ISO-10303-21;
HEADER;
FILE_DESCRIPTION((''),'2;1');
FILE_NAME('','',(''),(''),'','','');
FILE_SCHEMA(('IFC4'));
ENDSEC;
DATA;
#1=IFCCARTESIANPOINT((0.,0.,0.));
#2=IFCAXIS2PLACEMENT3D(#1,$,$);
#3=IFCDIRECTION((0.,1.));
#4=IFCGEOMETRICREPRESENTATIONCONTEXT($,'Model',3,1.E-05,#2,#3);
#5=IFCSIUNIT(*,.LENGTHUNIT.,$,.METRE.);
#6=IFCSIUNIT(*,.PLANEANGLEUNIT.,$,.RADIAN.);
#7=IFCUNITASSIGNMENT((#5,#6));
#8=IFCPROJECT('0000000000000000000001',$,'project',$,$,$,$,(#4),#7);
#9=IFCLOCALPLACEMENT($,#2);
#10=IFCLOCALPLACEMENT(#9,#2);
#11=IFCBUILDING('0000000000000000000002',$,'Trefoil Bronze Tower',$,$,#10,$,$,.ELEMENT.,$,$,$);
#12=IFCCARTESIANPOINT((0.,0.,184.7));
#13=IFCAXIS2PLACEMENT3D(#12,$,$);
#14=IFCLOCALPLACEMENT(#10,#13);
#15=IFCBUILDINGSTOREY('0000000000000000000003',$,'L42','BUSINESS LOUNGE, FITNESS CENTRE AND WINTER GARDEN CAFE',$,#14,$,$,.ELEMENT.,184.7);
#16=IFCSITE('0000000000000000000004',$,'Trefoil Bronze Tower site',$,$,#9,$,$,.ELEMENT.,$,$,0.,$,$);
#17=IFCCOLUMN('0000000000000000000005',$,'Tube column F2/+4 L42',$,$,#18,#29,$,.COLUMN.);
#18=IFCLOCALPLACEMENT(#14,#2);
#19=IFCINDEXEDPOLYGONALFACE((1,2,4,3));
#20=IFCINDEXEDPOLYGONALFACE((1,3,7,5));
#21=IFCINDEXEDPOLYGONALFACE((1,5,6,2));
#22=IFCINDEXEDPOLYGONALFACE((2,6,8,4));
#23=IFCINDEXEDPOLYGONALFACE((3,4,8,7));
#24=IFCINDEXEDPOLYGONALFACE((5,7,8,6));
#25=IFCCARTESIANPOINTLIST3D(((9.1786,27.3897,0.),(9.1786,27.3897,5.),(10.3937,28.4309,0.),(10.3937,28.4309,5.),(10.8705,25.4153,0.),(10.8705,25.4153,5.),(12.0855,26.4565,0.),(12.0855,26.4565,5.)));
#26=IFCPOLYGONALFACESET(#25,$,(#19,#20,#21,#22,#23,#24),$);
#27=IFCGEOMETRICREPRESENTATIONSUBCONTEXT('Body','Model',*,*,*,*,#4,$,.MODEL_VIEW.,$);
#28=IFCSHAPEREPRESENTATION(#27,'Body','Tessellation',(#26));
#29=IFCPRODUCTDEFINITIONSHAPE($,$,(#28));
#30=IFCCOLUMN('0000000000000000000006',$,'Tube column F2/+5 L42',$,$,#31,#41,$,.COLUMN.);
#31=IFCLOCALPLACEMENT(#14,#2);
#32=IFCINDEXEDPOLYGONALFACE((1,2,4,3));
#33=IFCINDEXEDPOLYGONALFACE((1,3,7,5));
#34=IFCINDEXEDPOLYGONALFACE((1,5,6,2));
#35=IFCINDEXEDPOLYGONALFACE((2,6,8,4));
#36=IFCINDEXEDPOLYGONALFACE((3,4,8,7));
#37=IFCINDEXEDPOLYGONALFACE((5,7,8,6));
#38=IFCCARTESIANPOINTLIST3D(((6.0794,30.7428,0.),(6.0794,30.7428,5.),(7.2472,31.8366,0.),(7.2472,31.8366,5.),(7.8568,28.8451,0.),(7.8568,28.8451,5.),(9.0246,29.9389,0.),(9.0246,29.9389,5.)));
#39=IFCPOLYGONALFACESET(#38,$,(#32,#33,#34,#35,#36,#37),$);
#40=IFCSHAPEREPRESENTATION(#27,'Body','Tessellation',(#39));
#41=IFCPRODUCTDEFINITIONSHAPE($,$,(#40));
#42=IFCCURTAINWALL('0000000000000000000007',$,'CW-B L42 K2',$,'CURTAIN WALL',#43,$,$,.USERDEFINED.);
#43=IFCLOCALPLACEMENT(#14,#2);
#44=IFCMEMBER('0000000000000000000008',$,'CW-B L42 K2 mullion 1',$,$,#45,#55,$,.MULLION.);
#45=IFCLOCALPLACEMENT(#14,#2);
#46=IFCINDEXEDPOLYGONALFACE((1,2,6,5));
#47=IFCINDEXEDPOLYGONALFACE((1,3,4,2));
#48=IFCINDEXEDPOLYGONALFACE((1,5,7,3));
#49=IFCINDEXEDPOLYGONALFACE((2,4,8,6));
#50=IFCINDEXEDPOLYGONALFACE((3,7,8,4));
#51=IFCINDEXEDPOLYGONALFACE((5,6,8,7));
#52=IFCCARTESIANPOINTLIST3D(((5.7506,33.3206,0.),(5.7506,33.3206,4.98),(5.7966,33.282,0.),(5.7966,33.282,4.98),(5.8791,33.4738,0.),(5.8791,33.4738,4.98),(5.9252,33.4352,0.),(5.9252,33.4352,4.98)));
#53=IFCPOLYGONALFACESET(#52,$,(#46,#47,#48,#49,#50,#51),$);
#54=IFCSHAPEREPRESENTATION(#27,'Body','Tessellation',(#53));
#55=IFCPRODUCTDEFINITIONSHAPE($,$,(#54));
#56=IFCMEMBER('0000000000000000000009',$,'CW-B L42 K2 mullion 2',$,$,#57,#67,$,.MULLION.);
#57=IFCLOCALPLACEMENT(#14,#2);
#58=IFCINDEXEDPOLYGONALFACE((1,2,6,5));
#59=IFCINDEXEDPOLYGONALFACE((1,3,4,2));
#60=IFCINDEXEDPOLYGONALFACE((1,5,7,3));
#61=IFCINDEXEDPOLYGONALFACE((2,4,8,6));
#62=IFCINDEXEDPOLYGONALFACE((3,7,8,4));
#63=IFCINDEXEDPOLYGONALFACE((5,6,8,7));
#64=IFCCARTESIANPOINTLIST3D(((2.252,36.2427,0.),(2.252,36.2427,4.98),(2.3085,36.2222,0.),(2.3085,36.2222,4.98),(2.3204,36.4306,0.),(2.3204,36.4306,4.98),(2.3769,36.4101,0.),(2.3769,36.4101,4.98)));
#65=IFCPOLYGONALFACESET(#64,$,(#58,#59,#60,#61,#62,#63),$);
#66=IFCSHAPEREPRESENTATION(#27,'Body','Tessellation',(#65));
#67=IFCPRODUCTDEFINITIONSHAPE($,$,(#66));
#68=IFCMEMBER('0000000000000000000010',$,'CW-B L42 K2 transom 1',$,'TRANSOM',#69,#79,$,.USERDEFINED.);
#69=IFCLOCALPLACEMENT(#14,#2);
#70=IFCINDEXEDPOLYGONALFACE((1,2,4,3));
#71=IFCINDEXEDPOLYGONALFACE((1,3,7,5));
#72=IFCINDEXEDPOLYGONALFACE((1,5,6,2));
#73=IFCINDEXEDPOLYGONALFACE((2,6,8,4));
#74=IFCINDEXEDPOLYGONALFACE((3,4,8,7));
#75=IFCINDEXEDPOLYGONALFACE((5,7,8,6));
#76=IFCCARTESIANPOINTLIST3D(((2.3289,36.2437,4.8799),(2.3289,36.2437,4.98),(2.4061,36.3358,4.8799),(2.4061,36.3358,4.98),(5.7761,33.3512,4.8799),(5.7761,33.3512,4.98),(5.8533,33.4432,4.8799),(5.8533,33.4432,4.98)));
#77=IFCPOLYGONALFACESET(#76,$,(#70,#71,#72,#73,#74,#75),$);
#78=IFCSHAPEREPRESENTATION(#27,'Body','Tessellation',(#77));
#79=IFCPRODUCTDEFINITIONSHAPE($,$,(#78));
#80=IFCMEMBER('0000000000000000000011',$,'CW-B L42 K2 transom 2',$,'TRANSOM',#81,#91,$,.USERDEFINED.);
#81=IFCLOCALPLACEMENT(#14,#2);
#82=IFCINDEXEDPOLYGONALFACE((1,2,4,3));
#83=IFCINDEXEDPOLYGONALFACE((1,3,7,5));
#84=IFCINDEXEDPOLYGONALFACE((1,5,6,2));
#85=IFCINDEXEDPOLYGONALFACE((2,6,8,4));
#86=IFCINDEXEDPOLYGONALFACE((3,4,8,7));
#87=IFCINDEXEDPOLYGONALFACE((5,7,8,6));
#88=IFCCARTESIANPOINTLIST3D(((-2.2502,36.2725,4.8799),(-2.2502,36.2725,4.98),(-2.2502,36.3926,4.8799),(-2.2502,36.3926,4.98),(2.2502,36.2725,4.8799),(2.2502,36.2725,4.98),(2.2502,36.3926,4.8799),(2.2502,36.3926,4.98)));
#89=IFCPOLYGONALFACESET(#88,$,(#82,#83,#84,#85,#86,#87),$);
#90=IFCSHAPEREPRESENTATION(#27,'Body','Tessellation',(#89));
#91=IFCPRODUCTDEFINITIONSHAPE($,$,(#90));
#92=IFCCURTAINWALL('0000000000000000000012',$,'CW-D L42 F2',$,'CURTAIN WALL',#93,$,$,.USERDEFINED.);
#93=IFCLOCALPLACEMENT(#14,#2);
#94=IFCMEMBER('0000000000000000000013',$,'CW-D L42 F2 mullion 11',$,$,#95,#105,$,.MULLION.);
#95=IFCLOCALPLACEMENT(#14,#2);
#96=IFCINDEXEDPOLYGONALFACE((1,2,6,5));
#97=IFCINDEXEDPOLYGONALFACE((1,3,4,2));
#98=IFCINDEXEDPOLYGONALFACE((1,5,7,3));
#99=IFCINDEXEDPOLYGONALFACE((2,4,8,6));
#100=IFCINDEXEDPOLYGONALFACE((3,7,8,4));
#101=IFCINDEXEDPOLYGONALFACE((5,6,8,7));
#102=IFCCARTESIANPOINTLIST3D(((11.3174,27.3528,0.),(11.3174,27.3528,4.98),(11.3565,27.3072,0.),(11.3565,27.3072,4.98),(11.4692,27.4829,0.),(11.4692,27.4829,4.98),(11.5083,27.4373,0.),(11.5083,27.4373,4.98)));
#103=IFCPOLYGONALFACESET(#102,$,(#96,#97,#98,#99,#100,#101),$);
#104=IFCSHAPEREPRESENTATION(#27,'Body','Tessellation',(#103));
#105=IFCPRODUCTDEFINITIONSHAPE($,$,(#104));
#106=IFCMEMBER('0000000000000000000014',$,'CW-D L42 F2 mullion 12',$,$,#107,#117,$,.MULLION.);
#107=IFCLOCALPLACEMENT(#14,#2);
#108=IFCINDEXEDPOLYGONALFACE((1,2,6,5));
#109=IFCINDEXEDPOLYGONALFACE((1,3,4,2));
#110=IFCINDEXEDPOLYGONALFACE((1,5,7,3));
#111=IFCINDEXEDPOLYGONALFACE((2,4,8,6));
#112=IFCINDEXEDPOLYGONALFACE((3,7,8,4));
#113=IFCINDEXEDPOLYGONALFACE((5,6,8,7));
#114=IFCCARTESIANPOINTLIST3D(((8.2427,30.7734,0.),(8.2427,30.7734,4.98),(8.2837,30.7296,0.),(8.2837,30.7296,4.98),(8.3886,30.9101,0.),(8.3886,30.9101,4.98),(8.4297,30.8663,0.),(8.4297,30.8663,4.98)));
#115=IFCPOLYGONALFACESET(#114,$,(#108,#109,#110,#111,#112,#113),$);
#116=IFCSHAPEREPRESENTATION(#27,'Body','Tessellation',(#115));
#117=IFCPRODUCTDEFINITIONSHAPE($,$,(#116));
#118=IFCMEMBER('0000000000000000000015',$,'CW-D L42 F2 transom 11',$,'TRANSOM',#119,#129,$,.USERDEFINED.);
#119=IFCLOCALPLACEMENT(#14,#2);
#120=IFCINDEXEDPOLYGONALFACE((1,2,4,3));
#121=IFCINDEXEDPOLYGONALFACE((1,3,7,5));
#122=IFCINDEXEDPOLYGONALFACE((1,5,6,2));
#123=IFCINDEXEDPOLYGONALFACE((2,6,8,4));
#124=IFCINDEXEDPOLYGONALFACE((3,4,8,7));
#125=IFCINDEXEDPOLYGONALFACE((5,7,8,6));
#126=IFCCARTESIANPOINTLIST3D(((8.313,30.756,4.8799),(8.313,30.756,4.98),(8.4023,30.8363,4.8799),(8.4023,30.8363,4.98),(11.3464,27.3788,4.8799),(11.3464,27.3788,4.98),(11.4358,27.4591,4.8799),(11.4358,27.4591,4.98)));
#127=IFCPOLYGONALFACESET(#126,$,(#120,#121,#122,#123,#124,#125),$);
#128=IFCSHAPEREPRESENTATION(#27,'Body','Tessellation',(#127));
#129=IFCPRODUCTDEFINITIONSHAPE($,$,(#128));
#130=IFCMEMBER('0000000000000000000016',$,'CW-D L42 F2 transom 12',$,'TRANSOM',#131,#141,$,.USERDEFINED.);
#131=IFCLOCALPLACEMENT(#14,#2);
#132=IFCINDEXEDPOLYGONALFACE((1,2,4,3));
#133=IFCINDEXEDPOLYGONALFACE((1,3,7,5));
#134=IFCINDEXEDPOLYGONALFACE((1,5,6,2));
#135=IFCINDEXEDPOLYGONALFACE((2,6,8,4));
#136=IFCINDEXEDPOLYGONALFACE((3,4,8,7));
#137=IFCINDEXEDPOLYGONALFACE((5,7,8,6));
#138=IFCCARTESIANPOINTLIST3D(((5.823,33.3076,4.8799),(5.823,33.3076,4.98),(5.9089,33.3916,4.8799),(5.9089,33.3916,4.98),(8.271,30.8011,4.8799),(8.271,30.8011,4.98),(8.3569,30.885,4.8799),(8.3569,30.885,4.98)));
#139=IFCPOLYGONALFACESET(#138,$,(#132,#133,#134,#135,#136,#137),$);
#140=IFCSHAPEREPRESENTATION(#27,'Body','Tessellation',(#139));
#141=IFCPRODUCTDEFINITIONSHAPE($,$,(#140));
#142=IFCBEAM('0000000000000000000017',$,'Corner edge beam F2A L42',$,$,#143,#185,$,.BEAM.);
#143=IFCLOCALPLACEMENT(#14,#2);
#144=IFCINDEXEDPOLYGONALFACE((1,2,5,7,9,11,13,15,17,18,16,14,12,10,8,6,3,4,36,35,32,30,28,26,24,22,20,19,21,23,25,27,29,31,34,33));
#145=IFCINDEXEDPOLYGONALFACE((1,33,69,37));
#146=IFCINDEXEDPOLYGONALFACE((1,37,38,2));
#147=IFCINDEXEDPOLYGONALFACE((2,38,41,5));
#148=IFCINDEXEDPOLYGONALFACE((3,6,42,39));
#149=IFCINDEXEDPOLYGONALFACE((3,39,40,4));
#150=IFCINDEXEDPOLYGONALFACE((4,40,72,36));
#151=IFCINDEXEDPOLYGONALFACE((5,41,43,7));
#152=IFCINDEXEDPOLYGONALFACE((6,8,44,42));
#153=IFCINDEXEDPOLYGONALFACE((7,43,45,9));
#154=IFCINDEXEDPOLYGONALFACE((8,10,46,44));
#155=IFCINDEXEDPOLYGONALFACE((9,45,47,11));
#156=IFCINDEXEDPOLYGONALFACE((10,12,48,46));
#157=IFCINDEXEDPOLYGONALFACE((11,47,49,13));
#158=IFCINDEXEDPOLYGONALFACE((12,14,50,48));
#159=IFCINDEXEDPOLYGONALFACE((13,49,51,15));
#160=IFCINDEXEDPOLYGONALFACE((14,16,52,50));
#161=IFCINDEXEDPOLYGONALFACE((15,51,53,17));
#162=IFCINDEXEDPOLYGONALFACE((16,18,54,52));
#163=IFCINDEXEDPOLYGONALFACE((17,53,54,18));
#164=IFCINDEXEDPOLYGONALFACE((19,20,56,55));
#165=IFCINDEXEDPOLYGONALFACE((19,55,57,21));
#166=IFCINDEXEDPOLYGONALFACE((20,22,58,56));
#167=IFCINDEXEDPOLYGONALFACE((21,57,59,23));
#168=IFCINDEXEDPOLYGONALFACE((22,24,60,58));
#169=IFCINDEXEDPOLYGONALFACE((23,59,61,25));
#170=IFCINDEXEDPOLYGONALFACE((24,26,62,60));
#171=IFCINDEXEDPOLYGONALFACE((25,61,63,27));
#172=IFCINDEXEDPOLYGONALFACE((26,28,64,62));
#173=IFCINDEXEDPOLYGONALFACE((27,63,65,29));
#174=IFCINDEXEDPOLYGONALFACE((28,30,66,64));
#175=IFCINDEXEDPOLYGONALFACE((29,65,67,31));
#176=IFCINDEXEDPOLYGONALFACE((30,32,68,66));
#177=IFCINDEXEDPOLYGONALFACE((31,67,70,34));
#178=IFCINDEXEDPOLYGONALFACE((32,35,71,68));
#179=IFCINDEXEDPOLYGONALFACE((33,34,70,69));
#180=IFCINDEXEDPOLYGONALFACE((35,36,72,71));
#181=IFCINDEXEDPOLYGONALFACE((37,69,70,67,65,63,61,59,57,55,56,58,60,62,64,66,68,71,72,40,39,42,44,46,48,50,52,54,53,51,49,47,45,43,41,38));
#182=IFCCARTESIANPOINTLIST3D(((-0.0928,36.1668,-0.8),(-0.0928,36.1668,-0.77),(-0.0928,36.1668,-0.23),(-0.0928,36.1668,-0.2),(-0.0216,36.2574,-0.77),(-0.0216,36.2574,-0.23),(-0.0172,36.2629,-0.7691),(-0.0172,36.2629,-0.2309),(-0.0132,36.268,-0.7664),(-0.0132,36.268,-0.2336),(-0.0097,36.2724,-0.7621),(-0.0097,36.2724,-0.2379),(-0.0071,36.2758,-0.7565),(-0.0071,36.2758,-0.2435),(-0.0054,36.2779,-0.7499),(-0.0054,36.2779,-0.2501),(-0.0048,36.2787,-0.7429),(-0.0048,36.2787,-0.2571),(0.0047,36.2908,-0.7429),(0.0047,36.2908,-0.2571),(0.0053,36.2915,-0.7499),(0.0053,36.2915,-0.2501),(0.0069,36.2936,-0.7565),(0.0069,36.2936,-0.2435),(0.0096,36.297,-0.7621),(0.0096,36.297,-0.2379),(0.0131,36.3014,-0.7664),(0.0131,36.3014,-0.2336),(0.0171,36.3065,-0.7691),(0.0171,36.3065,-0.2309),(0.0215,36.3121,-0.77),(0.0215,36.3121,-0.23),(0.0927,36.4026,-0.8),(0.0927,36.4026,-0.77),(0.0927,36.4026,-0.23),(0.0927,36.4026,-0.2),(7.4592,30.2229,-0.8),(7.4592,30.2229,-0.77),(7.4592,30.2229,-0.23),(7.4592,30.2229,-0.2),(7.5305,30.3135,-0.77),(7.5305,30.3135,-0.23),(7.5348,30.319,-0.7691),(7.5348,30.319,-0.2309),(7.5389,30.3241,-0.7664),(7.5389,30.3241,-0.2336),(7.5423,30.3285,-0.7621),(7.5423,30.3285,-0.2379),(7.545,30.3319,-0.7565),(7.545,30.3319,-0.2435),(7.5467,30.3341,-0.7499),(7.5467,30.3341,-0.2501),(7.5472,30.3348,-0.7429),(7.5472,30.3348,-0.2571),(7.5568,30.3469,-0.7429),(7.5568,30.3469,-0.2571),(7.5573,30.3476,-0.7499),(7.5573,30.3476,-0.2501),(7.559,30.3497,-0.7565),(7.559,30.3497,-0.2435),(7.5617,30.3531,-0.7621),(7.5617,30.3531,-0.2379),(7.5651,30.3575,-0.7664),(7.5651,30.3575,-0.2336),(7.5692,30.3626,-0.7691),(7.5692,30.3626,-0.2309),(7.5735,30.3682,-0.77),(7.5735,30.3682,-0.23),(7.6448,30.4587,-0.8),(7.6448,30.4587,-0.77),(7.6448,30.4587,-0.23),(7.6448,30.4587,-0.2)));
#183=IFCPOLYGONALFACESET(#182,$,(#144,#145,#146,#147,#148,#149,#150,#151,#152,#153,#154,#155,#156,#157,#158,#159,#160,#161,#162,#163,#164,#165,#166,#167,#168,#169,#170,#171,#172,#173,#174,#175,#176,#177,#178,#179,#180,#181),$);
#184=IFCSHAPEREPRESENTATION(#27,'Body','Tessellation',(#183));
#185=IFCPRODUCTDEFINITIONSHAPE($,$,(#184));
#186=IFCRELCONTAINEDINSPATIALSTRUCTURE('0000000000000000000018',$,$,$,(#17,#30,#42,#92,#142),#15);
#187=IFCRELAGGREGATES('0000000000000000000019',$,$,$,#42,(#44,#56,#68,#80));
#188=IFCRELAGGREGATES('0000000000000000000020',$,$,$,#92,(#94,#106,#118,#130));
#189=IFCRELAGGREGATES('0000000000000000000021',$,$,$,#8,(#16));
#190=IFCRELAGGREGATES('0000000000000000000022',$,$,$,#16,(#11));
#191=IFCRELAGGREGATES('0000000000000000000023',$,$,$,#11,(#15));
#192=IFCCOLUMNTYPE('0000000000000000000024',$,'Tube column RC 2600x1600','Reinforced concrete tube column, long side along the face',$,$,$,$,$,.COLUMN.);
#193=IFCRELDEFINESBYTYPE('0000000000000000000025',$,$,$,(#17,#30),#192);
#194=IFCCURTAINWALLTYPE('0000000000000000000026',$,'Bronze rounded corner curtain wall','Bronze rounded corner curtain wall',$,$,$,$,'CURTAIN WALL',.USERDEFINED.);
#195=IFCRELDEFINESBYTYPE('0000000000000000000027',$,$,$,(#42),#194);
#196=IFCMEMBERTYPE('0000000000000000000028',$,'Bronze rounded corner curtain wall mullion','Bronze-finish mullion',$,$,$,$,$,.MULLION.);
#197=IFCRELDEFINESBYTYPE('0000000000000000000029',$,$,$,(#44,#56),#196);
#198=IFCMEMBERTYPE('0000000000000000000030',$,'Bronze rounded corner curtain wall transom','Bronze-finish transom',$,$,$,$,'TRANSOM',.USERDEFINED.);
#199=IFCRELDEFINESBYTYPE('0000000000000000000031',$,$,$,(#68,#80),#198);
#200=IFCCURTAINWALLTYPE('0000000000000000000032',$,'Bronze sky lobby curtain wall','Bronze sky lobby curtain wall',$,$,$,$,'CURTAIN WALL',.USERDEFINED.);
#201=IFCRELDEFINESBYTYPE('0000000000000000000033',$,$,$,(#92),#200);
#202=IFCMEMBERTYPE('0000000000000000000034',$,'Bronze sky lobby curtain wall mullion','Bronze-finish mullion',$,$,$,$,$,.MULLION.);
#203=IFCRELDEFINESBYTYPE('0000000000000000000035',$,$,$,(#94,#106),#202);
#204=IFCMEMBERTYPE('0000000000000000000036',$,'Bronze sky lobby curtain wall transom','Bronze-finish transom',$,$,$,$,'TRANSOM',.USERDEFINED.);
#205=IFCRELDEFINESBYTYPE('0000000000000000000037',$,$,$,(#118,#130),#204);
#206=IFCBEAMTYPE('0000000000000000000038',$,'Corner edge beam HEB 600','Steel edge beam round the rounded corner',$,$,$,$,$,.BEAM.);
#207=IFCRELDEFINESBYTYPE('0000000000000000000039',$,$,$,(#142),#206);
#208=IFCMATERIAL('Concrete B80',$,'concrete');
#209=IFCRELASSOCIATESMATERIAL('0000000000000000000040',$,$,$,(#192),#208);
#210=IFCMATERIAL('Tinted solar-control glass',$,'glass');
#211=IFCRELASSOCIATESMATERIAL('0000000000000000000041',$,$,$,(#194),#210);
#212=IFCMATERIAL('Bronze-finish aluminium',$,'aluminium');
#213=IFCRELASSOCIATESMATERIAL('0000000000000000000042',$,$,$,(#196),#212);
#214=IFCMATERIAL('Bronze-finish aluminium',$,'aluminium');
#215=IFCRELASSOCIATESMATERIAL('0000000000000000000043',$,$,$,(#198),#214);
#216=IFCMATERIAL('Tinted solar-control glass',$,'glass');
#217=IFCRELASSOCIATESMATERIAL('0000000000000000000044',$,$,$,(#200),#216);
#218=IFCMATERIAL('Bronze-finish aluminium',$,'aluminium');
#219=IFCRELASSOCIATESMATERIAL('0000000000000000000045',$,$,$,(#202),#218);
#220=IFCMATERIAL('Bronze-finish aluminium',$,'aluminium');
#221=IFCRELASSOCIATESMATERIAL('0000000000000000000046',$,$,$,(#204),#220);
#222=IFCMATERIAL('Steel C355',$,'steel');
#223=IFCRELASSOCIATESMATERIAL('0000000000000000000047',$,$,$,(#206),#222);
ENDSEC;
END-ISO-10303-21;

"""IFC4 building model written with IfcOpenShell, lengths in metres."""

from ifc_helpers import new_model, si_unit, direction, frame, origin, origin_2d, place, context, subcontext, project, spatial, rectangle, i_section, extrude, material, material_profile, profile_set, type_object, element, aggregate, save


model = new_model("IFC4")

# Units and contexts
model_context = context("Model", 3, precision=1e-05, world=origin(), true_north=direction((0.0, 1.0)))
body_context = subcontext(model_context, "Body", "Model", "MODEL_VIEW")
ifc_project = project(units=[si_unit("LENGTHUNIT", "METRE"), si_unit("PLANEANGLEUNIT", "RADIAN")], contexts=[model_context])

# Site, building, storey
site_placement = place(None, origin())
site = spatial("IfcSite", under=ifc_project, at=site_placement, Name="Trefoil Bronze Tower site", CompositionType="ELEMENT", RefElevation=0.0)
building_placement = place(site_placement, origin())
building = spatial("IfcBuilding", under=site, at=building_placement, Name="Trefoil Bronze Tower", CompositionType="ELEMENT")
storey_placement = place(building_placement, frame((0.0, 0.0, 184.7)))
storey = spatial("IfcBuildingStorey", under=building, at=storey_placement, Name="L42", Description="BUSINESS LOUNGE, FITNESS CENTRE AND WINTER GARDEN CAFE", CompositionType="ELEMENT", Elevation=184.7)

# Columns
ifc_material_1 = material(Name="Concrete B80", Category="concrete")
ifc_material_profile_1 = material_profile(ifc_material_1, rectangle(XDim=2.6001, YDim=1.6001, at=origin_2d()), Name="RC 2600x1600")
ifc_profile_set_1 = profile_set([ifc_material_profile_1], Name="Concrete B80")
column_type = type_object("IfcColumnType", Name="Tube column RC 2600x1600", Description="Reinforced concrete tube column, long side along the face", PredefinedType="COLUMN", material=ifc_profile_set_1)
for number, where, z_axis, x_axis, name in (
    (1, (10.6321, 26.9231, 0.0), (0.0, 0.0, 1.0), (-0.650677, 0.759355, 0.0), "Tube column F2/+4 L42"),
    (2, (7.552, 30.3408, 0.0), (0.0, 0.0, 1.0), (-0.683597, 0.72986, 0.0), "Tube column F2/+5 L42"),
):
    element("IfcColumn", number, at=place(storey_placement, frame(where, z_axis=z_axis, x_axis=x_axis)), inside=storey, type_object=column_type, Name=name, PredefinedType="COLUMN", context=body_context, shape_type="SweptSolid", body=[
        extrude(rectangle(XDim=2.6001, YDim=1.6001, at=origin_2d()), origin(), (0.0, 0.0, 1.0), 5.0),
    ])

# Curtain walls, members
ifc_material_2 = material(Name="Tinted solar-control glass", Category="glass")
curtain_wall_type_1 = type_object("IfcCurtainWallType", Name="Bronze rounded corner curtain wall", Description="Bronze rounded corner curtain wall", ElementType="CURTAIN WALL", PredefinedType="USERDEFINED", material=ifc_material_2)
curtain_wall_1_placement = place(storey_placement, origin())
curtain_wall_1 = element("IfcCurtainWall", 3, at=curtain_wall_1_placement, inside=storey, type_object=curtain_wall_type_1, Name="CW-B L42 K2", ObjectType="CURTAIN WALL", PredefinedType="USERDEFINED")
ifc_material_3 = material(Name="Bronze-finish aluminium", Category="aluminium")
ifc_material_profile_2 = material_profile(ifc_material_3, rectangle(XDim=0.2, YDim=0.0601, at=origin_2d()), Name="CW-B mullion")
ifc_profile_set_2 = profile_set([ifc_material_profile_2], Name="Bronze-finish aluminium")
member_type_1 = type_object("IfcMemberType", Name="Bronze rounded corner curtain wall mullion", Description="Bronze-finish mullion", PredefinedType="MULLION", material=ifc_profile_set_2)
member_1_placement = place(storey_placement, frame((5.8379, 33.3779, 0.0), z_axis=(0.0, 0.0, 1.0), x_axis=(-0.642788, -0.766044, 0.0)))
member_1 = element("IfcMember", 4, at=member_1_placement, type_object=member_type_1, Name="CW-B L42 K2 mullion 1", PredefinedType="MULLION", context=body_context, shape_type="SweptSolid", body=[
    extrude(rectangle(XDim=0.2, YDim=0.0601, at=origin_2d()), origin(), (0.0, 0.0, 1.0), 4.98),
])
member_2_placement = place(storey_placement, frame((2.3145, 36.3264, 0.0), z_axis=(0.0, 0.0, 1.0), x_axis=(-0.34202, -0.939693, 0.0)))
member_2 = element("IfcMember", 5, at=member_2_placement, type_object=member_type_1, Name="CW-B L42 K2 mullion 2", PredefinedType="MULLION", context=body_context, shape_type="SweptSolid", body=[
    extrude(rectangle(XDim=0.2, YDim=0.0601, at=origin_2d()), origin(), (0.0, 0.0, 1.0), 4.98),
])
ifc_material_4 = material(Name="Bronze-finish aluminium", Category="aluminium")
ifc_material_profile_3 = material_profile(ifc_material_4, rectangle(XDim=0.1201, YDim=0.1001, at=origin_2d()), Name="CW-B transom")
ifc_profile_set_3 = profile_set([ifc_material_profile_3], Name="Bronze-finish aluminium")
member_type_2 = type_object("IfcMemberType", Name="Bronze rounded corner curtain wall transom", Description="Bronze-finish transom", ElementType="TRANSOM", PredefinedType="USERDEFINED", material=ifc_profile_set_3)
member_3_placement = place(storey_placement, frame((5.8147, 33.3972, 4.9299), z_axis=(-0.766047, 0.642785, 0.0), x_axis=(-0.642785, -0.766047, 0.0)))
member_3 = element("IfcMember", 6, at=member_3_placement, type_object=member_type_2, Name="CW-B L42 K2 transom 1", ObjectType="TRANSOM", PredefinedType="USERDEFINED", context=body_context, shape_type="SweptSolid", body=[
    extrude(rectangle(XDim=0.1201, YDim=0.1001, at=origin_2d()), origin(), (0.0, 0.0, 1.0), 4.5),
])
member_4_placement = place(storey_placement, frame((2.2502, 36.3325, 4.9299), z_axis=(-1.0, 0.0, 0.0), x_axis=(0.0, -1.0, 0.0)))
member_4 = element("IfcMember", 7, at=member_4_placement, type_object=member_type_2, Name="CW-B L42 K2 transom 2", ObjectType="TRANSOM", PredefinedType="USERDEFINED", context=body_context, shape_type="SweptSolid", body=[
    extrude(rectangle(XDim=0.1201, YDim=0.1001, at=origin_2d()), origin(), (0.0, 0.0, 1.0), 4.5005),
])
ifc_material_5 = material(Name="Tinted solar-control glass", Category="glass")
curtain_wall_type_2 = type_object("IfcCurtainWallType", Name="Bronze sky lobby curtain wall", Description="Bronze sky lobby curtain wall", ElementType="CURTAIN WALL", PredefinedType="USERDEFINED", material=ifc_material_5)
curtain_wall_2_placement = place(storey_placement, origin())
curtain_wall_2 = element("IfcCurtainWall", 8, at=curtain_wall_2_placement, inside=storey, type_object=curtain_wall_type_2, Name="CW-D L42 F2", ObjectType="CURTAIN WALL", PredefinedType="USERDEFINED")
ifc_material_6 = material(Name="Bronze-finish aluminium", Category="aluminium")
ifc_material_profile_4 = material_profile(ifc_material_6, rectangle(XDim=0.2, YDim=0.0601, at=origin_2d()), Name="CW-D mullion")
ifc_profile_set_4 = profile_set([ifc_material_profile_4], Name="Bronze-finish aluminium")
member_type_3 = type_object("IfcMemberType", Name="Bronze sky lobby curtain wall mullion", Description="Bronze-finish mullion", PredefinedType="MULLION", material=ifc_profile_set_4)
member_5_placement = place(storey_placement, frame((11.4128, 27.395, 0.0), z_axis=(0.0, 0.0, 1.0), x_axis=(-0.759355, -0.650677, 0.0)))
member_5 = element("IfcMember", 9, at=member_5_placement, type_object=member_type_3, Name="CW-D L42 F2 mullion 11", PredefinedType="MULLION", context=body_context, shape_type="SweptSolid", body=[
    extrude(rectangle(XDim=0.2, YDim=0.0601, at=origin_2d()), origin(), (0.0, 0.0, 1.0), 4.98),
])
member_6_placement = place(storey_placement, frame((8.3362, 30.8198, 0.0), z_axis=(0.0, 0.0, 1.0), x_axis=(-0.72986, -0.683597, 0.0)))
member_6 = element("IfcMember", 10, at=member_6_placement, type_object=member_type_3, Name="CW-D L42 F2 mullion 12", PredefinedType="MULLION", context=body_context, shape_type="SweptSolid", body=[
    extrude(rectangle(XDim=0.2, YDim=0.0601, at=origin_2d()), origin(), (0.0, 0.0, 1.0), 4.98),
])
ifc_material_7 = material(Name="Bronze-finish aluminium", Category="aluminium")
ifc_material_profile_5 = material_profile(ifc_material_7, rectangle(XDim=0.1201, YDim=0.1001, at=origin_2d()), Name="CW-D transom")
ifc_profile_set_5 = profile_set([ifc_material_profile_5], Name="Bronze-finish aluminium")
member_type_4 = type_object("IfcMemberType", Name="Bronze sky lobby curtain wall transom", Description="Bronze-finish transom", ElementType="TRANSOM", PredefinedType="USERDEFINED", material=ifc_profile_set_5)
member_7_placement = place(storey_placement, frame((11.3911, 27.4189, 4.9299), z_axis=(-0.66823, 0.743954, 0.0), x_axis=(-0.743954, -0.66823, 0.0)))
member_7 = element("IfcMember", 11, at=member_7_placement, type_object=member_type_4, Name="CW-D L42 F2 transom 11", ObjectType="TRANSOM", PredefinedType="USERDEFINED", context=body_context, shape_type="SweptSolid", body=[
    extrude(rectangle(XDim=0.1201, YDim=0.1001, at=origin_2d()), origin(), (0.0, 0.0, 1.0), 4.5396),
])
member_8_placement = place(storey_placement, frame((8.314, 30.843, 4.9299), z_axis=(-0.698696, 0.715419, 0.0), x_axis=(-0.715419, -0.698696, 0.0)))
member_8 = element("IfcMember", 12, at=member_8_placement, type_object=member_type_4, Name="CW-D L42 F2 transom 12", ObjectType="TRANSOM", PredefinedType="USERDEFINED", context=body_context, shape_type="SweptSolid", body=[
    extrude(rectangle(XDim=0.1201, YDim=0.1001, at=origin_2d()), origin(), (0.0, 0.0, 1.0), 3.5037),
])

# Beam
ifc_material_8 = material(Name="Steel C355", Category="steel")
ifc_material_profile_6 = material_profile(ifc_material_8, i_section(OverallWidth=0.3, OverallDepth=0.6001, WebThickness=0.0154, FlangeThickness=0.03, FilletRadius=0.0271, at=origin_2d()), Name="HEB 600")
ifc_profile_set_6 = profile_set([ifc_material_profile_6], Name="Steel C355")
beam_type_1 = type_object("IfcBeamType", Name="Corner edge beam HEB 600", Description="Steel edge beam round the rounded corner", PredefinedType="BEAM", material=ifc_profile_set_6)
beam_1_placement = place(storey_placement, frame((7.552, 30.3408, -0.5), z_axis=(-0.785806, 0.618473, 0.0), x_axis=(-0.618473, -0.785806, 0.0)))
element("IfcBeam", 13, at=beam_1_placement, inside=storey, type_object=beam_type_1, Name="Corner edge beam F2A L42", PredefinedType="BEAM", context=body_context, shape_type="SweptSolid", body=[
    extrude(i_section(OverallWidth=0.3, OverallDepth=0.6001, WebThickness=0.0154, FlangeThickness=0.03, FilletRadius=0.0271, at=origin_2d()), origin(), (0.0, 0.0, 1.0), 9.6106),
])

aggregate(curtain_wall_1, [member_1, member_2, member_3, member_4])
aggregate(curtain_wall_2, [member_5, member_6, member_7, member_8])

save(model, "model.ifc")
